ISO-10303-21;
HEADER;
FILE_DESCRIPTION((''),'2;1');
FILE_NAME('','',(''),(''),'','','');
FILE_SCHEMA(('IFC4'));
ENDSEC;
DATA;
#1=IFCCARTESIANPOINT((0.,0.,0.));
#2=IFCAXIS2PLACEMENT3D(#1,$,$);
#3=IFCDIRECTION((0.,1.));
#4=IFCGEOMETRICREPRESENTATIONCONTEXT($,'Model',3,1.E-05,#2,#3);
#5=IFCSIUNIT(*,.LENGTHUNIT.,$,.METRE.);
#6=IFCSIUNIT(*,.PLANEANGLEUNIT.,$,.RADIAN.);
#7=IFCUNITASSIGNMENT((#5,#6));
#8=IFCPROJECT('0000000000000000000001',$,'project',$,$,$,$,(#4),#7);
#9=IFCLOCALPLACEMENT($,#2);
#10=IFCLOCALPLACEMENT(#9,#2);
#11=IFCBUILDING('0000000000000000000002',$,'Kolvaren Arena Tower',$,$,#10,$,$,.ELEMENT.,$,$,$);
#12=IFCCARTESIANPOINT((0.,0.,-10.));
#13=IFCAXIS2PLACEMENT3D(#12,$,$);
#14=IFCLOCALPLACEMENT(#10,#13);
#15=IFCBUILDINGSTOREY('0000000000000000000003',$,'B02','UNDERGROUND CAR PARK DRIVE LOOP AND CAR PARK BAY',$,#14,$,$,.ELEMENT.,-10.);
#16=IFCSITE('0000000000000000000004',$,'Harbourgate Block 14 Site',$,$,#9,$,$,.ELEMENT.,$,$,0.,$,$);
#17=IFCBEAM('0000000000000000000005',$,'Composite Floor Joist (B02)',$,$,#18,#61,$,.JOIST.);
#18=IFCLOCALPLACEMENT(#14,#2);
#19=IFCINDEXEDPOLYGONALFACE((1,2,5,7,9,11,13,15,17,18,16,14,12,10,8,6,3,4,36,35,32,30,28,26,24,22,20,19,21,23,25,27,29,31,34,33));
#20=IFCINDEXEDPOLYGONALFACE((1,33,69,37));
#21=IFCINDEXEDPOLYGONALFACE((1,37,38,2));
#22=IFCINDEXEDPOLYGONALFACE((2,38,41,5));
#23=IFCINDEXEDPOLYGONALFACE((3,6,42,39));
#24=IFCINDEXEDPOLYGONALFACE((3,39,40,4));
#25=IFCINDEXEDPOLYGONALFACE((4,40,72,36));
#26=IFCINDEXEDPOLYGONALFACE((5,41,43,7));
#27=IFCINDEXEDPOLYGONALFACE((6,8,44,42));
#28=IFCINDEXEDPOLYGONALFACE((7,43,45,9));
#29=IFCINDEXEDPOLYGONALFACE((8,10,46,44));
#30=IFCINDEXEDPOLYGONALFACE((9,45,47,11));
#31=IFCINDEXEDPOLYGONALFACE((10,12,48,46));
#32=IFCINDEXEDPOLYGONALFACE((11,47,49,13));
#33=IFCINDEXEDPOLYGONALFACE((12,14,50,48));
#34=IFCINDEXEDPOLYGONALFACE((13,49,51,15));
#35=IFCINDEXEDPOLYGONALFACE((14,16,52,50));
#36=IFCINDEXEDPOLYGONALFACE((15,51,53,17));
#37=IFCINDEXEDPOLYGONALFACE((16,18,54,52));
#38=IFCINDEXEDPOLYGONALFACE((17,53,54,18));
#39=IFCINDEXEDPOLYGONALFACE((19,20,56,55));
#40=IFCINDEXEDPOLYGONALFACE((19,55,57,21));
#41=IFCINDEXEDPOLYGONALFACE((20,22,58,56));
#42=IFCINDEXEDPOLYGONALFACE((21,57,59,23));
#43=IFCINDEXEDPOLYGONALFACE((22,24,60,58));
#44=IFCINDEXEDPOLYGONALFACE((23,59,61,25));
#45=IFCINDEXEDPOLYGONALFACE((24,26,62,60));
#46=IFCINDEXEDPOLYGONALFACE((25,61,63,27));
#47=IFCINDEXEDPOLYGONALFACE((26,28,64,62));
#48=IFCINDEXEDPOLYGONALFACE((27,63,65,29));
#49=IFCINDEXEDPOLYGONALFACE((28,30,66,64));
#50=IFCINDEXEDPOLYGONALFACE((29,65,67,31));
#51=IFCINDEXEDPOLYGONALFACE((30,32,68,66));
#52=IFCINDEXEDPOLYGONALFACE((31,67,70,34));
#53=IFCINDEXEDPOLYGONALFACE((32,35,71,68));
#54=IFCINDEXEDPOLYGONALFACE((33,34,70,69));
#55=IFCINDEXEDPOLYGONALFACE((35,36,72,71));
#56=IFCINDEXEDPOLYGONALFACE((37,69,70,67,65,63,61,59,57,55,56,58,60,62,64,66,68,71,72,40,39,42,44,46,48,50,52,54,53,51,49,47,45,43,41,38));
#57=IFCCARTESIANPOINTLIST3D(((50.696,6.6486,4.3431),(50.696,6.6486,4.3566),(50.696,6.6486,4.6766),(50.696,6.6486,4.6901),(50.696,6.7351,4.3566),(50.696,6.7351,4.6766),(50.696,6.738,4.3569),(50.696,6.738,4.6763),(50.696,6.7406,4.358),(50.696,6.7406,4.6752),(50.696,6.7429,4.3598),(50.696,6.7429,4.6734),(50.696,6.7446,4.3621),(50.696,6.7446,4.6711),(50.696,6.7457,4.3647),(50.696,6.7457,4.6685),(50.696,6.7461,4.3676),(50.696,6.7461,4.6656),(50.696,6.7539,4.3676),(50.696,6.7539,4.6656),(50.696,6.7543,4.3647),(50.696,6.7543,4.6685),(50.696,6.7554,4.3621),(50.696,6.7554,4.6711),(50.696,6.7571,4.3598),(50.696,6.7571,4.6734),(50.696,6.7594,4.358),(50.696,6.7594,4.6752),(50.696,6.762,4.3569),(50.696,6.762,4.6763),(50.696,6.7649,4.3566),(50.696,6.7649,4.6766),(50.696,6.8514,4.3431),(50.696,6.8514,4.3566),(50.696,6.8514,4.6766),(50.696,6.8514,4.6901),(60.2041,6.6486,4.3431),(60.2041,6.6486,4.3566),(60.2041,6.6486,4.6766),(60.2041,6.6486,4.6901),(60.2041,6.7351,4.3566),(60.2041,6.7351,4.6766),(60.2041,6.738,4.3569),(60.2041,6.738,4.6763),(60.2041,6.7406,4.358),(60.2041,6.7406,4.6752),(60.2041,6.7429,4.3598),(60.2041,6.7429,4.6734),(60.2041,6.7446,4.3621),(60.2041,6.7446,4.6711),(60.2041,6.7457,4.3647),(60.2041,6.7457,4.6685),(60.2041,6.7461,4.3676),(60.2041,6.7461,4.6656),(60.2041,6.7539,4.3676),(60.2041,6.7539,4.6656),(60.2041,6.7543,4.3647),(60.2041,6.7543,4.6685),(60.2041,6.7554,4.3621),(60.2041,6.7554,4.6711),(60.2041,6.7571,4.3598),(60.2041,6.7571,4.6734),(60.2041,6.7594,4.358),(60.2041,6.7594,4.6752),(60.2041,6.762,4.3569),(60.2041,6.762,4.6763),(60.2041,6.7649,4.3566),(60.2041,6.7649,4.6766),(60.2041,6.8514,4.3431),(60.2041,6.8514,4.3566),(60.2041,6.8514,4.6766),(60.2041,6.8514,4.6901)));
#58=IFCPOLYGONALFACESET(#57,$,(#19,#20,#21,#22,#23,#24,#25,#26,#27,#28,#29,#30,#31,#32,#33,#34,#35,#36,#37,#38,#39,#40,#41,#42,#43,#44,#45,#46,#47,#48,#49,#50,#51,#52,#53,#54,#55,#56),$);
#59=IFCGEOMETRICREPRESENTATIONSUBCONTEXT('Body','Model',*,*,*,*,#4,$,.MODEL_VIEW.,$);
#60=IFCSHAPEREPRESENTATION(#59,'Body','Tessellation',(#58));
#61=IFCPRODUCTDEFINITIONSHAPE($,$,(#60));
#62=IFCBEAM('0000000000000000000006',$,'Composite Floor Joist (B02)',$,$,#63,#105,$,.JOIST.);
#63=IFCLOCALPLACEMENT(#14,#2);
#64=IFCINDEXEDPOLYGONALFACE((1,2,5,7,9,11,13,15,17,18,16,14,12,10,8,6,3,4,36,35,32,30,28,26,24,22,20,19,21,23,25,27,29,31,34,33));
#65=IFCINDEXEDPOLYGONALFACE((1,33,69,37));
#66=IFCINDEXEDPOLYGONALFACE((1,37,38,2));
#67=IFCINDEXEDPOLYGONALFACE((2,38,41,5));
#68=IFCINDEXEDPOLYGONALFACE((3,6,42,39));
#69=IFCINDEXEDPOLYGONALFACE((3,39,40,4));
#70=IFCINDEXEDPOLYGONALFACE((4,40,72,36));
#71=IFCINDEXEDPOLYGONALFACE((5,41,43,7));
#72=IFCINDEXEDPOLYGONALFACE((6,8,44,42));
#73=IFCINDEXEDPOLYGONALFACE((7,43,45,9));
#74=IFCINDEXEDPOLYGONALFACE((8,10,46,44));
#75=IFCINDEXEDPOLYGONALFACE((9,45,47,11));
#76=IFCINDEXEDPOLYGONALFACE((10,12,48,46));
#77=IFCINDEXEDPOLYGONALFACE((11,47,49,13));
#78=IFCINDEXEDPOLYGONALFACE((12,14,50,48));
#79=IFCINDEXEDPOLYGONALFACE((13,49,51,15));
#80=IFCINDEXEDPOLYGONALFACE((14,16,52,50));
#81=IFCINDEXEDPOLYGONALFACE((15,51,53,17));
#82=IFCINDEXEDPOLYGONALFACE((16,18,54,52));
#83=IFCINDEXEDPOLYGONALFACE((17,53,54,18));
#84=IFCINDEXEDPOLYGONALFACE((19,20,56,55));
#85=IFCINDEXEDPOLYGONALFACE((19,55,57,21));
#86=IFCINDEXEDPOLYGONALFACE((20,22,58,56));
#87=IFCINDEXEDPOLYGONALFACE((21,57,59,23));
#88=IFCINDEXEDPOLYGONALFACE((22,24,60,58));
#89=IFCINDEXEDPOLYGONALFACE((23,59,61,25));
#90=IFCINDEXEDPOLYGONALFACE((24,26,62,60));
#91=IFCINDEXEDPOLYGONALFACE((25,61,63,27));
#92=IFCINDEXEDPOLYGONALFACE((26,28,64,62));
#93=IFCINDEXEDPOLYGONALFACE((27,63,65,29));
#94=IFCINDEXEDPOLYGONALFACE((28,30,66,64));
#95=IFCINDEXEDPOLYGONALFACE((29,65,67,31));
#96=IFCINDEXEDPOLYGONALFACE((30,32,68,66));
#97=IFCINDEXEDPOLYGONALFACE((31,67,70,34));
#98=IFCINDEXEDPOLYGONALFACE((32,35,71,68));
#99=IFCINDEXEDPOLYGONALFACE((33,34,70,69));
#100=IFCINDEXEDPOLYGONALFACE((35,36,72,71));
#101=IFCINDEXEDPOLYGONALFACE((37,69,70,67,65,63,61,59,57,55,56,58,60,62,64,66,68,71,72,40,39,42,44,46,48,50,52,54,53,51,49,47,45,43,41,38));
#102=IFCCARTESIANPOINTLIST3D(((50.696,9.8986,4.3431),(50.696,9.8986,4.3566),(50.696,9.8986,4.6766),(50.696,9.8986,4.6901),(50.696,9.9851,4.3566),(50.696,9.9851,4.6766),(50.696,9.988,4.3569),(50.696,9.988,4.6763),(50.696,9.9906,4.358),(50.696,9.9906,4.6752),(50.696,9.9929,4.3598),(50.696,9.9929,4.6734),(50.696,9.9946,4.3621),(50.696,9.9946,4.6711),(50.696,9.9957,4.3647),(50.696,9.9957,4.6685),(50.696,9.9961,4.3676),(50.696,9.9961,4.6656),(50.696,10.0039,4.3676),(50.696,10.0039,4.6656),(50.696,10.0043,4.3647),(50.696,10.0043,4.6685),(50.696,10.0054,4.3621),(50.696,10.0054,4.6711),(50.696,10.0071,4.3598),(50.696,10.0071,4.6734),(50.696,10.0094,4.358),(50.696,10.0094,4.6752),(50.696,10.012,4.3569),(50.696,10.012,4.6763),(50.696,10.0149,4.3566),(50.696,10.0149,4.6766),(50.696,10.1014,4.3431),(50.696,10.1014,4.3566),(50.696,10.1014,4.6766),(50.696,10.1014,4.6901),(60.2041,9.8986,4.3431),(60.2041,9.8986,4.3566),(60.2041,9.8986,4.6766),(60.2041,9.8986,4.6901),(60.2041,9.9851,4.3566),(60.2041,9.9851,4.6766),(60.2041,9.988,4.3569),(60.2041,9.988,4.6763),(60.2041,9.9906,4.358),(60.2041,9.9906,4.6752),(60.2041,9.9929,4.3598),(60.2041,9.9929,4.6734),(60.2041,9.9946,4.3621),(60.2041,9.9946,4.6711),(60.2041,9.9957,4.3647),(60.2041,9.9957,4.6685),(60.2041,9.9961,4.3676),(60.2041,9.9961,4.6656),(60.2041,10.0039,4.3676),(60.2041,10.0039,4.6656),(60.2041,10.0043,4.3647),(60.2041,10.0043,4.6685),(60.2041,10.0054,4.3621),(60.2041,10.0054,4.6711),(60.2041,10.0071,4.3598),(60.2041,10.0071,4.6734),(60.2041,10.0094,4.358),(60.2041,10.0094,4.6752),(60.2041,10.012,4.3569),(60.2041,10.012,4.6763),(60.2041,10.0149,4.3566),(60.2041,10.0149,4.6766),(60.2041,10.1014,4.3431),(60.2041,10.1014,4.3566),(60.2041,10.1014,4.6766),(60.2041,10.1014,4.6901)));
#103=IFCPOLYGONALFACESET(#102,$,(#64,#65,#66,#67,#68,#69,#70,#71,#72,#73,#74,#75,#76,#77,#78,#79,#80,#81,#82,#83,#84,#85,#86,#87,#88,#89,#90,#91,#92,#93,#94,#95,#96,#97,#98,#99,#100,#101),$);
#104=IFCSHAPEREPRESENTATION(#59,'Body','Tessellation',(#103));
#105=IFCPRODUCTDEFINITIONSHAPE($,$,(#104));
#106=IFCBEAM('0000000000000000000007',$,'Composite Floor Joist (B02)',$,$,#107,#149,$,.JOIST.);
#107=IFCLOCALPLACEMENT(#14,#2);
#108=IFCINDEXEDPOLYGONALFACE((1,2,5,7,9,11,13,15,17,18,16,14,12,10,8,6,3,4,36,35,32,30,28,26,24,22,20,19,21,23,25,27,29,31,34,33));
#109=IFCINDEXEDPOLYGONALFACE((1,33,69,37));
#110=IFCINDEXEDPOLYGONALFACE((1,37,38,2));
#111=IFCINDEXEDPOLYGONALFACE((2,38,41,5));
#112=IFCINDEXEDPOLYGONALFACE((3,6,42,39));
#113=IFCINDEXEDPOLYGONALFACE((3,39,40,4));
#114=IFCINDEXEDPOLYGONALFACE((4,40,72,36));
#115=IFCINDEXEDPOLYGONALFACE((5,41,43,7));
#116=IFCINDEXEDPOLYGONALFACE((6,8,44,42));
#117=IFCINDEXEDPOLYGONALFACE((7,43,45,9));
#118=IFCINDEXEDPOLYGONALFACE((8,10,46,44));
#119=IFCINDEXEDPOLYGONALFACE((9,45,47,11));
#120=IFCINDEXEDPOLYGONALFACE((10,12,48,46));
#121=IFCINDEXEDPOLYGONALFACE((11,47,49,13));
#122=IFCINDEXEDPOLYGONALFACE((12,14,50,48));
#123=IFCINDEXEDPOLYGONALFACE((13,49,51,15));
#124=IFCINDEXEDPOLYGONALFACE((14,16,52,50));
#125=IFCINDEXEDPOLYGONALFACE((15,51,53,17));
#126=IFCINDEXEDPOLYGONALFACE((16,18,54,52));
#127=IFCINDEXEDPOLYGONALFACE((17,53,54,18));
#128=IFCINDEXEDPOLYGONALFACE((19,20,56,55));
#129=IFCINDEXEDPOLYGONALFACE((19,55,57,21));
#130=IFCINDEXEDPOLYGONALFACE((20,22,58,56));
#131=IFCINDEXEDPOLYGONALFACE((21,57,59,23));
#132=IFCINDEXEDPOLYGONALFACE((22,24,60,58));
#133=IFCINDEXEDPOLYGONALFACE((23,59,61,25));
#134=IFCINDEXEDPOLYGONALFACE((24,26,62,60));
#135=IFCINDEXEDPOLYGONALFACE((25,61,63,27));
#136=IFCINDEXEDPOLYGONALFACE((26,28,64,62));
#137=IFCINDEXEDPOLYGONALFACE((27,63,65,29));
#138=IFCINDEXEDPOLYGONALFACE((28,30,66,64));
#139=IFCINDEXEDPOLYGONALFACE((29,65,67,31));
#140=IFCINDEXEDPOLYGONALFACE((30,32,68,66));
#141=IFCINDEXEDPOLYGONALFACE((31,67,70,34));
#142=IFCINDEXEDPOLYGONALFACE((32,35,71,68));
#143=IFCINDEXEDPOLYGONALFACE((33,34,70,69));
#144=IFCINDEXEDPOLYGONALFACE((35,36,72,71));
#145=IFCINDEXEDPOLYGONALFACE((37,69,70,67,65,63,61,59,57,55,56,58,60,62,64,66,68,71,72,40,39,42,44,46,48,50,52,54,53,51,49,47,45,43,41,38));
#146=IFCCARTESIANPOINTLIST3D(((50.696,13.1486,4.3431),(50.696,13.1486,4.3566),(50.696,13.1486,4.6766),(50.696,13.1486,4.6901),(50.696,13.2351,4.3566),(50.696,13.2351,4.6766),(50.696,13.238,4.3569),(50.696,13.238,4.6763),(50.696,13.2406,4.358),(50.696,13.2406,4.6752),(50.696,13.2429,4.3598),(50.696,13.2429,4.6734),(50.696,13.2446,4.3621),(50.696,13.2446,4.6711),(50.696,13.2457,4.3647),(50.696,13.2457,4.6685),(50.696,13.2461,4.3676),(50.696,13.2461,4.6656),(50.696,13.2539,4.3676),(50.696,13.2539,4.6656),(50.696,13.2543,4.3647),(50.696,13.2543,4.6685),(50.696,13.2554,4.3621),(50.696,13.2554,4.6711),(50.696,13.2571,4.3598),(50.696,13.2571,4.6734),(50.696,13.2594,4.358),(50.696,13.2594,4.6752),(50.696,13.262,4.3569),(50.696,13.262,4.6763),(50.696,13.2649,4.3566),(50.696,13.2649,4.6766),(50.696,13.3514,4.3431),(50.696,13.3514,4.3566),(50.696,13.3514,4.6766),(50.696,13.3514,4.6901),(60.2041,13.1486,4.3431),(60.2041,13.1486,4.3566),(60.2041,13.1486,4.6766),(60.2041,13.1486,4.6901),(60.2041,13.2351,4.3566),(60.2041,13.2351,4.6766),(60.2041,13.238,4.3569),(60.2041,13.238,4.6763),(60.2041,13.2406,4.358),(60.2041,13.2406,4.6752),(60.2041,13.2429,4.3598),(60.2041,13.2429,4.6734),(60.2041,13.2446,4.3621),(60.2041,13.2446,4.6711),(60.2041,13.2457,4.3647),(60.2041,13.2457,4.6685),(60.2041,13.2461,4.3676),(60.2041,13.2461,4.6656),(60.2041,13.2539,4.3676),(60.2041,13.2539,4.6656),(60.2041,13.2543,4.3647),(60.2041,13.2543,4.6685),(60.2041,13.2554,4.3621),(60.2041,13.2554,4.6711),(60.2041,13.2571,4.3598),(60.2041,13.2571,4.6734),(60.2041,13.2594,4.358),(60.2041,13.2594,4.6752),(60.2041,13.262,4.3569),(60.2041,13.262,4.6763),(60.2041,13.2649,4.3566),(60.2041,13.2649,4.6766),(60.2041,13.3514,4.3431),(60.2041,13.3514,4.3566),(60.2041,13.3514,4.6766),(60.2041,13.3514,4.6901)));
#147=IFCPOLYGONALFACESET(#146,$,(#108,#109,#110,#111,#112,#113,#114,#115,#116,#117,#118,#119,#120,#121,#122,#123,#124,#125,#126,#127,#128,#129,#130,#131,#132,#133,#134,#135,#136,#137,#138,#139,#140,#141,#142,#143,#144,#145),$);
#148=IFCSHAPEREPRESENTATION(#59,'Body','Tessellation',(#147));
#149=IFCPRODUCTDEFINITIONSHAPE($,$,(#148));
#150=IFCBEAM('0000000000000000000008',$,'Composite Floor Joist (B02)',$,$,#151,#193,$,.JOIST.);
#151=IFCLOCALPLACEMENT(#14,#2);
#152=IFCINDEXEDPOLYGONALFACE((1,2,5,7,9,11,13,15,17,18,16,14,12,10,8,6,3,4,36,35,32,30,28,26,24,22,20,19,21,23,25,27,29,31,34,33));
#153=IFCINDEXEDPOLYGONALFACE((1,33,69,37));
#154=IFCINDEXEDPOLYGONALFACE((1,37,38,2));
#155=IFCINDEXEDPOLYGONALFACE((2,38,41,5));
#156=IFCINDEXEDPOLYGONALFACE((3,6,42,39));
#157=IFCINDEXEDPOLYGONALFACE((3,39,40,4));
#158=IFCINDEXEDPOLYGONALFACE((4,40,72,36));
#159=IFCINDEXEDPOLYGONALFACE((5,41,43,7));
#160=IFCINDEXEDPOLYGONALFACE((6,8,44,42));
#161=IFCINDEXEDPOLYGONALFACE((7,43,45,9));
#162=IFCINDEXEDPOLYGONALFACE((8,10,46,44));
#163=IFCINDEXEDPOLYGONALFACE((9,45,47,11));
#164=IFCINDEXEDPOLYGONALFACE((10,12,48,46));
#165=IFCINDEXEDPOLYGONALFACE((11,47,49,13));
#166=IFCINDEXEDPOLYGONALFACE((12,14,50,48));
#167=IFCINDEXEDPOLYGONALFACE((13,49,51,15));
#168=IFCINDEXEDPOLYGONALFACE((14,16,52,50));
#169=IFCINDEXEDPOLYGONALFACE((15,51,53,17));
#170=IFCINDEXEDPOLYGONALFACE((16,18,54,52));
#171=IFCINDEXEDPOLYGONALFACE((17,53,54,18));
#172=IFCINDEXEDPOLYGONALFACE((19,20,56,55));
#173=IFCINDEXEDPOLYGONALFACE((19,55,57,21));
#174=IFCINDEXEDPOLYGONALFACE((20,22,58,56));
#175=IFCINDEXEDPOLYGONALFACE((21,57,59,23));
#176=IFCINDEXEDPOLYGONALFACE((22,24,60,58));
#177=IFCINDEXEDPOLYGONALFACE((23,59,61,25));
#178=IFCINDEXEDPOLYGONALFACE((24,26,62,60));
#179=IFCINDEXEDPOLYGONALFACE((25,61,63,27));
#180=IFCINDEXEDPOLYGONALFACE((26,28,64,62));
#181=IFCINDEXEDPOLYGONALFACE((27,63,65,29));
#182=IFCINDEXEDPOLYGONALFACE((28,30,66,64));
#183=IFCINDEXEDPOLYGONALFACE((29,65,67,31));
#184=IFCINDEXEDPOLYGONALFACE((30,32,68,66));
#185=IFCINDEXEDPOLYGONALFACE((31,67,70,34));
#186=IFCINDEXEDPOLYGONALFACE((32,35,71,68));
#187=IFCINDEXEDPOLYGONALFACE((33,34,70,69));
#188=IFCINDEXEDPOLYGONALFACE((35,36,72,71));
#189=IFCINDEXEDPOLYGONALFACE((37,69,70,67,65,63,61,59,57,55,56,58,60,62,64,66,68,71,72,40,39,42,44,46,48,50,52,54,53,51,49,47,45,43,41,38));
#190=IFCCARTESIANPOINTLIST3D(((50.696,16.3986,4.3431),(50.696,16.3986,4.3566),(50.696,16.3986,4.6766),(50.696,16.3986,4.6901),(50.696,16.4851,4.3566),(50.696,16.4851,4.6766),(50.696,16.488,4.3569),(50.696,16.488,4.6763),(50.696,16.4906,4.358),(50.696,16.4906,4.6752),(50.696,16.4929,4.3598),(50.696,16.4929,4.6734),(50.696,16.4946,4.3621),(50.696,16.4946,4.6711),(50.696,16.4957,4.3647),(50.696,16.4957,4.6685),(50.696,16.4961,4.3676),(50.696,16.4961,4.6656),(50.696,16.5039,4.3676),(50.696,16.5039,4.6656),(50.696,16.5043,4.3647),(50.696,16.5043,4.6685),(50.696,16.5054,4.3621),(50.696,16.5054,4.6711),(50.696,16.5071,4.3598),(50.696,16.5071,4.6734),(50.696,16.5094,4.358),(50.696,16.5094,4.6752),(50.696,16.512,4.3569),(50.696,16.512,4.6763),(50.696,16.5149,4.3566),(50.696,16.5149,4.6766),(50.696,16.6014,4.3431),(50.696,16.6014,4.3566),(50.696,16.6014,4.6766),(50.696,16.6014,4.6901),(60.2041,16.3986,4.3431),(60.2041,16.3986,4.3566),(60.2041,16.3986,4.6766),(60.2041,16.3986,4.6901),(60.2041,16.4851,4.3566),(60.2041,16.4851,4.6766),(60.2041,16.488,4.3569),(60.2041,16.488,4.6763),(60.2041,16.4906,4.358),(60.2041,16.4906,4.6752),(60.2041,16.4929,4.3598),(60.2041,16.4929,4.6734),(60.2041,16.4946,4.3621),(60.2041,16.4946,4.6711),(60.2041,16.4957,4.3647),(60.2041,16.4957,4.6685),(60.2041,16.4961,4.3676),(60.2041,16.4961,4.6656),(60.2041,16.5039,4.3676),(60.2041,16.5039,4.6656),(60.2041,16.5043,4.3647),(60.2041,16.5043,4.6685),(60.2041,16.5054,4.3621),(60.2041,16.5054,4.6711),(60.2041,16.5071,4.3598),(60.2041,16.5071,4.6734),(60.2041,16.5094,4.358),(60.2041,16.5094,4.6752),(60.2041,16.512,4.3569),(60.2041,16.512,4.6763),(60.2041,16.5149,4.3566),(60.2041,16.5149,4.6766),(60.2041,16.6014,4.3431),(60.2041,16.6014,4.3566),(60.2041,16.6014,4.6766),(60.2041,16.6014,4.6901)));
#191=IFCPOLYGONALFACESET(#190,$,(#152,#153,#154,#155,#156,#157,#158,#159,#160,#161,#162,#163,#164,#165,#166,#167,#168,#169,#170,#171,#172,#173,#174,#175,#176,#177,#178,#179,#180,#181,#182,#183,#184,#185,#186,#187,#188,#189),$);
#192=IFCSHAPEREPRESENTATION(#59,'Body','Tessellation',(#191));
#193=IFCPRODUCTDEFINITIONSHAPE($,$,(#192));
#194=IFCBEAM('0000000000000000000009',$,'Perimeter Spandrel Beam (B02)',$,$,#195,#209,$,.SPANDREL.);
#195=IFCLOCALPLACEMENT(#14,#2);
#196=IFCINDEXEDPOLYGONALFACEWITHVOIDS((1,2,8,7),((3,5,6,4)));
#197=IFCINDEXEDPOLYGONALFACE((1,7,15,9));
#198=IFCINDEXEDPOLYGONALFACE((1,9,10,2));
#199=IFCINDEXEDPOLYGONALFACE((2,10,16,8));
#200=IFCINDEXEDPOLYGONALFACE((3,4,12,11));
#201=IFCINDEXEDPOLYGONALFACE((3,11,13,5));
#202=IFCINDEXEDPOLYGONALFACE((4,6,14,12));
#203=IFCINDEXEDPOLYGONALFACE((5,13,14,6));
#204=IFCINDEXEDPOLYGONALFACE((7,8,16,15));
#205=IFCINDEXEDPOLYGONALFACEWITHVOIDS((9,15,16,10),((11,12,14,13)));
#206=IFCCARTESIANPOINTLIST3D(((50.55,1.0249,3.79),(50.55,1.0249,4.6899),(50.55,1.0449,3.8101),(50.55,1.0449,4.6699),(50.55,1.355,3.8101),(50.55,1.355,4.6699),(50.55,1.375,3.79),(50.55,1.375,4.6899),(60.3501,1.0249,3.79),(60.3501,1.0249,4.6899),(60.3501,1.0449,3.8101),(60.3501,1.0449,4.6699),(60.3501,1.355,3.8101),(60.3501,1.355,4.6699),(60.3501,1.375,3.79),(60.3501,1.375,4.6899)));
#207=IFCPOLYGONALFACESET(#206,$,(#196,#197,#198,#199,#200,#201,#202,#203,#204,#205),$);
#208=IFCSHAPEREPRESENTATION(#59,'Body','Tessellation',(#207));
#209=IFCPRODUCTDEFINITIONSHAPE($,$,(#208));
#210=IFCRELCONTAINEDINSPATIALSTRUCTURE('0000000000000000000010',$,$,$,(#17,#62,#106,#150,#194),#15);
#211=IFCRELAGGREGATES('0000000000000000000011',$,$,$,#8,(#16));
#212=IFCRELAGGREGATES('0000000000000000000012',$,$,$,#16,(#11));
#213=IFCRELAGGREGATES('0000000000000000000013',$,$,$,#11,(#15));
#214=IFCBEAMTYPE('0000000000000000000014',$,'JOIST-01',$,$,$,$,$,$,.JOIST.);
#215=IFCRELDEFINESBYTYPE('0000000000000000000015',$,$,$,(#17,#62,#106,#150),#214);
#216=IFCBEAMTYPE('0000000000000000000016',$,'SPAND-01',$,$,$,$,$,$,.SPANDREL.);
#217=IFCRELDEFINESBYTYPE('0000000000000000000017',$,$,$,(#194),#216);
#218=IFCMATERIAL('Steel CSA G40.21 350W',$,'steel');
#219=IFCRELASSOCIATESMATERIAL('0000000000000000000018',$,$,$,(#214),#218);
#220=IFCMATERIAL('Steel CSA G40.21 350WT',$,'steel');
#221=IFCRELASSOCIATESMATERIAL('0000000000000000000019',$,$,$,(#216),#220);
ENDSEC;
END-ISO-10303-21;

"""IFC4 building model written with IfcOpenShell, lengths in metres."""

from ifc_helpers import new_model, si_unit, direction, frame, origin, origin_2d, place, context, subcontext, project, spatial, hollow_rectangle, i_section, extrude, material, material_profile, profile_set, type_object, element, save


model = new_model("IFC4")

# Units and contexts
model_context = context("Model", 3, precision=1e-05, world=origin(), true_north=direction((0.0, 1.0)))
body_context = subcontext(model_context, "Body", "Model", "MODEL_VIEW")
ifc_project = project(units=[si_unit("LENGTHUNIT", "METRE"), si_unit("PLANEANGLEUNIT", "RADIAN")], contexts=[model_context])

# Site, building, storey
site_placement = place(None, origin())
site = spatial("IfcSite", under=ifc_project, at=site_placement, Name="Harbourgate Block 14 Site", CompositionType="ELEMENT", RefElevation=0.0)
building_placement = place(site_placement, origin())
building = spatial("IfcBuilding", under=site, at=building_placement, Name="Kolvaren Arena Tower", CompositionType="ELEMENT")
storey_placement = place(building_placement, frame((0.0, 0.0, -10.0)))
storey = spatial("IfcBuildingStorey", under=building, at=storey_placement, Name="B02", Description="UNDERGROUND CAR PARK DRIVE LOOP AND CAR PARK BAY", CompositionType="ELEMENT", Elevation=-10.0)

# Beams
ifc_material_1 = material(Name="Steel CSA G40.21 350W", Category="steel")
ifc_material_profile_1 = material_profile(ifc_material_1, i_section(OverallWidth=0.2029, OverallDepth=0.3469, WebThickness=0.0078, FlangeThickness=0.0134, FilletRadius=0.011, at=origin_2d()), Name="W360x64")
ifc_profile_set_1 = profile_set([ifc_material_profile_1], Name="Steel CSA G40.21 350W")
beam_type_1 = type_object("IfcBeamType", Name="JOIST-01", PredefinedType="JOIST", material=ifc_profile_set_1)
for number, where, z_axis, x_axis, name in (
    (1, (50.696, 6.75, 4.5166), (1.0, 0.0, 0.0), (0.0, 1.0, 0.0), "Composite Floor Joist (B02)"),
    (2, (50.696, 10.0, 4.5166), (1.0, 0.0, 0.0), (0.0, 1.0, 0.0), "Composite Floor Joist (B02)"),
    (3, (50.696, 13.25, 4.5166), (1.0, 0.0, 0.0), (0.0, 1.0, 0.0), "Composite Floor Joist (B02)"),
    (4, (50.696, 16.5, 4.5166), (1.0, 0.0, 0.0), (0.0, 1.0, 0.0), "Composite Floor Joist (B02)"),
):
    element("IfcBeam", number, at=place(storey_placement, frame(where, z_axis=z_axis, x_axis=x_axis)), inside=storey, type_object=beam_type_1, Name=name, PredefinedType="JOIST", context=body_context, shape_type="SweptSolid", body=[
        extrude(i_section(OverallWidth=0.2029, OverallDepth=0.3469, WebThickness=0.0078, FlangeThickness=0.0134, FilletRadius=0.011, at=origin_2d()), origin(), (0.0, 0.0, 1.0), 9.5081),
    ])
ifc_material_2 = material(Name="Steel CSA G40.21 350WT", Category="steel")
ifc_material_profile_2 = material_profile(ifc_material_2, hollow_rectangle(XDim=0.3501, YDim=0.8999, WallThickness=0.02, at=origin_2d()), Name="HSS 900x350x20")
ifc_profile_set_2 = profile_set([ifc_material_profile_2], Name="Steel CSA G40.21 350WT")
beam_type_2 = type_object("IfcBeamType", Name="SPAND-01", PredefinedType="SPANDREL", material=ifc_profile_set_2)
beam_1_placement = place(storey_placement, frame((50.55, 1.2, 4.24), z_axis=(1.0, 0.0, 0.0), x_axis=(0.0, 1.0, 0.0)))
element("IfcBeam", 5, at=beam_1_placement, inside=storey, type_object=beam_type_2, Name="Perimeter Spandrel Beam (B02)", PredefinedType="SPANDREL", context=body_context, shape_type="SweptSolid", body=[
    extrude(hollow_rectangle(XDim=0.3501, YDim=0.8999, WallThickness=0.02, at=origin_2d()), origin(), (0.0, 0.0, 1.0), 9.8),
])

save(model, "model.ifc")
